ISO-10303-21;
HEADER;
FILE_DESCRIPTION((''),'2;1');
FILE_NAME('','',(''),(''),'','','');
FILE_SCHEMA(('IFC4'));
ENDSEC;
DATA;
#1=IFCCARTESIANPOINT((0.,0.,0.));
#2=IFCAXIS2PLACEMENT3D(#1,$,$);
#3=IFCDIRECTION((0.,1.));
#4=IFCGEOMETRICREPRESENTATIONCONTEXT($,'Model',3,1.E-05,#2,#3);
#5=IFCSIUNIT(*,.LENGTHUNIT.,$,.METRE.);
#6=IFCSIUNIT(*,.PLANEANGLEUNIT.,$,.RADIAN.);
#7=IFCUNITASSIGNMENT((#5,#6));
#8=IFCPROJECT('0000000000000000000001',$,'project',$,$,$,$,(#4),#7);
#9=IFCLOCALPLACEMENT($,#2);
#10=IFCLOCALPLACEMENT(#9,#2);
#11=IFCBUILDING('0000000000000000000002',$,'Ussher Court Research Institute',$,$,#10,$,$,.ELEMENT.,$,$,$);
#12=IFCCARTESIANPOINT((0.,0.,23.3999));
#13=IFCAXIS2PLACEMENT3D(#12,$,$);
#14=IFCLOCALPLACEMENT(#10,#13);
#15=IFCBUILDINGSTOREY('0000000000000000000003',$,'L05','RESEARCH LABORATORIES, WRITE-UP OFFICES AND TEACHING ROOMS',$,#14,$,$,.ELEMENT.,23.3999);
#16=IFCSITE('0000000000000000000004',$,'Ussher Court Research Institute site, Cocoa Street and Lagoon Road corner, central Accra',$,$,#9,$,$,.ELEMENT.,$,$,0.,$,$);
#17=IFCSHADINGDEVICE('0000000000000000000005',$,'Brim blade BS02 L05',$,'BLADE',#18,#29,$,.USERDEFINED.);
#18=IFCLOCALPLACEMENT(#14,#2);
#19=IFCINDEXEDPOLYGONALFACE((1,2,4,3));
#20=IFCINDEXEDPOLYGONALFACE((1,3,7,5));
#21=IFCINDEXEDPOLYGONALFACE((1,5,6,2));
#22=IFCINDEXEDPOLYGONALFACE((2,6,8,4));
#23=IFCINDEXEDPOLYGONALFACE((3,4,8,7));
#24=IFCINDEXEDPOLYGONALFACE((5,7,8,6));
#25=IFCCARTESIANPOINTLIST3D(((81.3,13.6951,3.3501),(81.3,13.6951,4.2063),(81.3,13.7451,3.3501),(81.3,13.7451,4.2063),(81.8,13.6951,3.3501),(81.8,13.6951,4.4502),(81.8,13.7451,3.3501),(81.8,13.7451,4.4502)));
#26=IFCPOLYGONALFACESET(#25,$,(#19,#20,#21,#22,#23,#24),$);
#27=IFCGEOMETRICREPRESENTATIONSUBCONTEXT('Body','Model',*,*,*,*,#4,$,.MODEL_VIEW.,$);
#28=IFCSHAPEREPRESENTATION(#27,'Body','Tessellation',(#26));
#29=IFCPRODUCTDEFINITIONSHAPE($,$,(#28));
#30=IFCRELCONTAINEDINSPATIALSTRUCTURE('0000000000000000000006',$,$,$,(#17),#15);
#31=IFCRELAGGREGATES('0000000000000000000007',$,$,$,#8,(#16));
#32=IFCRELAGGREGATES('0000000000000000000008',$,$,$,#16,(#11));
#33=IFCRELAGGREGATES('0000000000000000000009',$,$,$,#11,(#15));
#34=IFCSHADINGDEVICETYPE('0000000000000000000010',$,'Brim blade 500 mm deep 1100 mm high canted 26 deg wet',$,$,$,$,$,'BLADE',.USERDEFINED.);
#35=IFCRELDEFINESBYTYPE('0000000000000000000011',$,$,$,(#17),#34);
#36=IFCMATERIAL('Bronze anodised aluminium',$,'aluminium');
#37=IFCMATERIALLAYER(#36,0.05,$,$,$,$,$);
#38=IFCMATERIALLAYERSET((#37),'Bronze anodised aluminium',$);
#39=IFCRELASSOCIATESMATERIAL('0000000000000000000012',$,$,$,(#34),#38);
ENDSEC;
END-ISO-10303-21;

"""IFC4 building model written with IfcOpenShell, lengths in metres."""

from ifc_helpers import new_model, si_unit, direction, frame, origin, place, context, subcontext, project, spatial, polyline, outline, extrude, material, layer, layer_set, type_object, element, save


model = new_model("IFC4")

# Units and contexts
model_context = context("Model", 3, precision=1e-05, world=origin(), true_north=direction((0.0, 1.0)))
body_context = subcontext(model_context, "Body", "Model", "MODEL_VIEW")
ifc_project = project(units=[si_unit("LENGTHUNIT", "METRE"), si_unit("PLANEANGLEUNIT", "RADIAN")], contexts=[model_context])

# Site, building, storey
site_placement = place(None, origin())
site = spatial("IfcSite", under=ifc_project, at=site_placement, Name="Ussher Court Research Institute site, Cocoa Street and Lagoon Road corner, central Accra", CompositionType="ELEMENT", RefElevation=0.0)
building_placement = place(site_placement, origin())
building = spatial("IfcBuilding", under=site, at=building_placement, Name="Ussher Court Research Institute", CompositionType="ELEMENT")
storey_placement = place(building_placement, frame((0.0, 0.0, 23.3999)))
storey = spatial("IfcBuildingStorey", under=building, at=storey_placement, Name="L05", Description="RESEARCH LABORATORIES, WRITE-UP OFFICES AND TEACHING ROOMS", CompositionType="ELEMENT", Elevation=23.3999)

# Shading device
ifc_material_1 = material(Name="Bronze anodised aluminium", Category="aluminium")
ifc_layer_1 = layer(ifc_material_1, 0.05)
ifc_layer_set_1 = layer_set([ifc_layer_1], Name="Bronze anodised aluminium")
shading_device_type_1 = type_object("IfcShadingDeviceType", Name="Brim blade 500 mm deep 1100 mm high canted 26 deg wet", ElementType="BLADE", PredefinedType="USERDEFINED", material=ifc_layer_set_1)
shading_device_1_placement = place(storey_placement, frame((81.8, 13.72, 3.3501), z_axis=(0.0, 0.0, 1.0), x_axis=(-1.0, 0.0, 0.0)))
element("IfcShadingDevice", 1, at=shading_device_1_placement, inside=storey, type_object=shading_device_type_1, Name="Brim blade BS02 L05", ObjectType="BLADE", PredefinedType="USERDEFINED", context=body_context, shape_type="SweptSolid", body=[
    extrude(outline(polyline([(0.0, 0.0), (0.5, 0.0), (0.5, 0.8562), (0.0, 1.1001), (0.0, 0.0)])), frame((0.0, 0.0249, 0.0), z_axis=(0.0, -1.0, 0.0), x_axis=(1.0, 0.0, 0.0)), (0.0, 0.0, 1.0), 0.05),
])

save(model, "model.ifc")
